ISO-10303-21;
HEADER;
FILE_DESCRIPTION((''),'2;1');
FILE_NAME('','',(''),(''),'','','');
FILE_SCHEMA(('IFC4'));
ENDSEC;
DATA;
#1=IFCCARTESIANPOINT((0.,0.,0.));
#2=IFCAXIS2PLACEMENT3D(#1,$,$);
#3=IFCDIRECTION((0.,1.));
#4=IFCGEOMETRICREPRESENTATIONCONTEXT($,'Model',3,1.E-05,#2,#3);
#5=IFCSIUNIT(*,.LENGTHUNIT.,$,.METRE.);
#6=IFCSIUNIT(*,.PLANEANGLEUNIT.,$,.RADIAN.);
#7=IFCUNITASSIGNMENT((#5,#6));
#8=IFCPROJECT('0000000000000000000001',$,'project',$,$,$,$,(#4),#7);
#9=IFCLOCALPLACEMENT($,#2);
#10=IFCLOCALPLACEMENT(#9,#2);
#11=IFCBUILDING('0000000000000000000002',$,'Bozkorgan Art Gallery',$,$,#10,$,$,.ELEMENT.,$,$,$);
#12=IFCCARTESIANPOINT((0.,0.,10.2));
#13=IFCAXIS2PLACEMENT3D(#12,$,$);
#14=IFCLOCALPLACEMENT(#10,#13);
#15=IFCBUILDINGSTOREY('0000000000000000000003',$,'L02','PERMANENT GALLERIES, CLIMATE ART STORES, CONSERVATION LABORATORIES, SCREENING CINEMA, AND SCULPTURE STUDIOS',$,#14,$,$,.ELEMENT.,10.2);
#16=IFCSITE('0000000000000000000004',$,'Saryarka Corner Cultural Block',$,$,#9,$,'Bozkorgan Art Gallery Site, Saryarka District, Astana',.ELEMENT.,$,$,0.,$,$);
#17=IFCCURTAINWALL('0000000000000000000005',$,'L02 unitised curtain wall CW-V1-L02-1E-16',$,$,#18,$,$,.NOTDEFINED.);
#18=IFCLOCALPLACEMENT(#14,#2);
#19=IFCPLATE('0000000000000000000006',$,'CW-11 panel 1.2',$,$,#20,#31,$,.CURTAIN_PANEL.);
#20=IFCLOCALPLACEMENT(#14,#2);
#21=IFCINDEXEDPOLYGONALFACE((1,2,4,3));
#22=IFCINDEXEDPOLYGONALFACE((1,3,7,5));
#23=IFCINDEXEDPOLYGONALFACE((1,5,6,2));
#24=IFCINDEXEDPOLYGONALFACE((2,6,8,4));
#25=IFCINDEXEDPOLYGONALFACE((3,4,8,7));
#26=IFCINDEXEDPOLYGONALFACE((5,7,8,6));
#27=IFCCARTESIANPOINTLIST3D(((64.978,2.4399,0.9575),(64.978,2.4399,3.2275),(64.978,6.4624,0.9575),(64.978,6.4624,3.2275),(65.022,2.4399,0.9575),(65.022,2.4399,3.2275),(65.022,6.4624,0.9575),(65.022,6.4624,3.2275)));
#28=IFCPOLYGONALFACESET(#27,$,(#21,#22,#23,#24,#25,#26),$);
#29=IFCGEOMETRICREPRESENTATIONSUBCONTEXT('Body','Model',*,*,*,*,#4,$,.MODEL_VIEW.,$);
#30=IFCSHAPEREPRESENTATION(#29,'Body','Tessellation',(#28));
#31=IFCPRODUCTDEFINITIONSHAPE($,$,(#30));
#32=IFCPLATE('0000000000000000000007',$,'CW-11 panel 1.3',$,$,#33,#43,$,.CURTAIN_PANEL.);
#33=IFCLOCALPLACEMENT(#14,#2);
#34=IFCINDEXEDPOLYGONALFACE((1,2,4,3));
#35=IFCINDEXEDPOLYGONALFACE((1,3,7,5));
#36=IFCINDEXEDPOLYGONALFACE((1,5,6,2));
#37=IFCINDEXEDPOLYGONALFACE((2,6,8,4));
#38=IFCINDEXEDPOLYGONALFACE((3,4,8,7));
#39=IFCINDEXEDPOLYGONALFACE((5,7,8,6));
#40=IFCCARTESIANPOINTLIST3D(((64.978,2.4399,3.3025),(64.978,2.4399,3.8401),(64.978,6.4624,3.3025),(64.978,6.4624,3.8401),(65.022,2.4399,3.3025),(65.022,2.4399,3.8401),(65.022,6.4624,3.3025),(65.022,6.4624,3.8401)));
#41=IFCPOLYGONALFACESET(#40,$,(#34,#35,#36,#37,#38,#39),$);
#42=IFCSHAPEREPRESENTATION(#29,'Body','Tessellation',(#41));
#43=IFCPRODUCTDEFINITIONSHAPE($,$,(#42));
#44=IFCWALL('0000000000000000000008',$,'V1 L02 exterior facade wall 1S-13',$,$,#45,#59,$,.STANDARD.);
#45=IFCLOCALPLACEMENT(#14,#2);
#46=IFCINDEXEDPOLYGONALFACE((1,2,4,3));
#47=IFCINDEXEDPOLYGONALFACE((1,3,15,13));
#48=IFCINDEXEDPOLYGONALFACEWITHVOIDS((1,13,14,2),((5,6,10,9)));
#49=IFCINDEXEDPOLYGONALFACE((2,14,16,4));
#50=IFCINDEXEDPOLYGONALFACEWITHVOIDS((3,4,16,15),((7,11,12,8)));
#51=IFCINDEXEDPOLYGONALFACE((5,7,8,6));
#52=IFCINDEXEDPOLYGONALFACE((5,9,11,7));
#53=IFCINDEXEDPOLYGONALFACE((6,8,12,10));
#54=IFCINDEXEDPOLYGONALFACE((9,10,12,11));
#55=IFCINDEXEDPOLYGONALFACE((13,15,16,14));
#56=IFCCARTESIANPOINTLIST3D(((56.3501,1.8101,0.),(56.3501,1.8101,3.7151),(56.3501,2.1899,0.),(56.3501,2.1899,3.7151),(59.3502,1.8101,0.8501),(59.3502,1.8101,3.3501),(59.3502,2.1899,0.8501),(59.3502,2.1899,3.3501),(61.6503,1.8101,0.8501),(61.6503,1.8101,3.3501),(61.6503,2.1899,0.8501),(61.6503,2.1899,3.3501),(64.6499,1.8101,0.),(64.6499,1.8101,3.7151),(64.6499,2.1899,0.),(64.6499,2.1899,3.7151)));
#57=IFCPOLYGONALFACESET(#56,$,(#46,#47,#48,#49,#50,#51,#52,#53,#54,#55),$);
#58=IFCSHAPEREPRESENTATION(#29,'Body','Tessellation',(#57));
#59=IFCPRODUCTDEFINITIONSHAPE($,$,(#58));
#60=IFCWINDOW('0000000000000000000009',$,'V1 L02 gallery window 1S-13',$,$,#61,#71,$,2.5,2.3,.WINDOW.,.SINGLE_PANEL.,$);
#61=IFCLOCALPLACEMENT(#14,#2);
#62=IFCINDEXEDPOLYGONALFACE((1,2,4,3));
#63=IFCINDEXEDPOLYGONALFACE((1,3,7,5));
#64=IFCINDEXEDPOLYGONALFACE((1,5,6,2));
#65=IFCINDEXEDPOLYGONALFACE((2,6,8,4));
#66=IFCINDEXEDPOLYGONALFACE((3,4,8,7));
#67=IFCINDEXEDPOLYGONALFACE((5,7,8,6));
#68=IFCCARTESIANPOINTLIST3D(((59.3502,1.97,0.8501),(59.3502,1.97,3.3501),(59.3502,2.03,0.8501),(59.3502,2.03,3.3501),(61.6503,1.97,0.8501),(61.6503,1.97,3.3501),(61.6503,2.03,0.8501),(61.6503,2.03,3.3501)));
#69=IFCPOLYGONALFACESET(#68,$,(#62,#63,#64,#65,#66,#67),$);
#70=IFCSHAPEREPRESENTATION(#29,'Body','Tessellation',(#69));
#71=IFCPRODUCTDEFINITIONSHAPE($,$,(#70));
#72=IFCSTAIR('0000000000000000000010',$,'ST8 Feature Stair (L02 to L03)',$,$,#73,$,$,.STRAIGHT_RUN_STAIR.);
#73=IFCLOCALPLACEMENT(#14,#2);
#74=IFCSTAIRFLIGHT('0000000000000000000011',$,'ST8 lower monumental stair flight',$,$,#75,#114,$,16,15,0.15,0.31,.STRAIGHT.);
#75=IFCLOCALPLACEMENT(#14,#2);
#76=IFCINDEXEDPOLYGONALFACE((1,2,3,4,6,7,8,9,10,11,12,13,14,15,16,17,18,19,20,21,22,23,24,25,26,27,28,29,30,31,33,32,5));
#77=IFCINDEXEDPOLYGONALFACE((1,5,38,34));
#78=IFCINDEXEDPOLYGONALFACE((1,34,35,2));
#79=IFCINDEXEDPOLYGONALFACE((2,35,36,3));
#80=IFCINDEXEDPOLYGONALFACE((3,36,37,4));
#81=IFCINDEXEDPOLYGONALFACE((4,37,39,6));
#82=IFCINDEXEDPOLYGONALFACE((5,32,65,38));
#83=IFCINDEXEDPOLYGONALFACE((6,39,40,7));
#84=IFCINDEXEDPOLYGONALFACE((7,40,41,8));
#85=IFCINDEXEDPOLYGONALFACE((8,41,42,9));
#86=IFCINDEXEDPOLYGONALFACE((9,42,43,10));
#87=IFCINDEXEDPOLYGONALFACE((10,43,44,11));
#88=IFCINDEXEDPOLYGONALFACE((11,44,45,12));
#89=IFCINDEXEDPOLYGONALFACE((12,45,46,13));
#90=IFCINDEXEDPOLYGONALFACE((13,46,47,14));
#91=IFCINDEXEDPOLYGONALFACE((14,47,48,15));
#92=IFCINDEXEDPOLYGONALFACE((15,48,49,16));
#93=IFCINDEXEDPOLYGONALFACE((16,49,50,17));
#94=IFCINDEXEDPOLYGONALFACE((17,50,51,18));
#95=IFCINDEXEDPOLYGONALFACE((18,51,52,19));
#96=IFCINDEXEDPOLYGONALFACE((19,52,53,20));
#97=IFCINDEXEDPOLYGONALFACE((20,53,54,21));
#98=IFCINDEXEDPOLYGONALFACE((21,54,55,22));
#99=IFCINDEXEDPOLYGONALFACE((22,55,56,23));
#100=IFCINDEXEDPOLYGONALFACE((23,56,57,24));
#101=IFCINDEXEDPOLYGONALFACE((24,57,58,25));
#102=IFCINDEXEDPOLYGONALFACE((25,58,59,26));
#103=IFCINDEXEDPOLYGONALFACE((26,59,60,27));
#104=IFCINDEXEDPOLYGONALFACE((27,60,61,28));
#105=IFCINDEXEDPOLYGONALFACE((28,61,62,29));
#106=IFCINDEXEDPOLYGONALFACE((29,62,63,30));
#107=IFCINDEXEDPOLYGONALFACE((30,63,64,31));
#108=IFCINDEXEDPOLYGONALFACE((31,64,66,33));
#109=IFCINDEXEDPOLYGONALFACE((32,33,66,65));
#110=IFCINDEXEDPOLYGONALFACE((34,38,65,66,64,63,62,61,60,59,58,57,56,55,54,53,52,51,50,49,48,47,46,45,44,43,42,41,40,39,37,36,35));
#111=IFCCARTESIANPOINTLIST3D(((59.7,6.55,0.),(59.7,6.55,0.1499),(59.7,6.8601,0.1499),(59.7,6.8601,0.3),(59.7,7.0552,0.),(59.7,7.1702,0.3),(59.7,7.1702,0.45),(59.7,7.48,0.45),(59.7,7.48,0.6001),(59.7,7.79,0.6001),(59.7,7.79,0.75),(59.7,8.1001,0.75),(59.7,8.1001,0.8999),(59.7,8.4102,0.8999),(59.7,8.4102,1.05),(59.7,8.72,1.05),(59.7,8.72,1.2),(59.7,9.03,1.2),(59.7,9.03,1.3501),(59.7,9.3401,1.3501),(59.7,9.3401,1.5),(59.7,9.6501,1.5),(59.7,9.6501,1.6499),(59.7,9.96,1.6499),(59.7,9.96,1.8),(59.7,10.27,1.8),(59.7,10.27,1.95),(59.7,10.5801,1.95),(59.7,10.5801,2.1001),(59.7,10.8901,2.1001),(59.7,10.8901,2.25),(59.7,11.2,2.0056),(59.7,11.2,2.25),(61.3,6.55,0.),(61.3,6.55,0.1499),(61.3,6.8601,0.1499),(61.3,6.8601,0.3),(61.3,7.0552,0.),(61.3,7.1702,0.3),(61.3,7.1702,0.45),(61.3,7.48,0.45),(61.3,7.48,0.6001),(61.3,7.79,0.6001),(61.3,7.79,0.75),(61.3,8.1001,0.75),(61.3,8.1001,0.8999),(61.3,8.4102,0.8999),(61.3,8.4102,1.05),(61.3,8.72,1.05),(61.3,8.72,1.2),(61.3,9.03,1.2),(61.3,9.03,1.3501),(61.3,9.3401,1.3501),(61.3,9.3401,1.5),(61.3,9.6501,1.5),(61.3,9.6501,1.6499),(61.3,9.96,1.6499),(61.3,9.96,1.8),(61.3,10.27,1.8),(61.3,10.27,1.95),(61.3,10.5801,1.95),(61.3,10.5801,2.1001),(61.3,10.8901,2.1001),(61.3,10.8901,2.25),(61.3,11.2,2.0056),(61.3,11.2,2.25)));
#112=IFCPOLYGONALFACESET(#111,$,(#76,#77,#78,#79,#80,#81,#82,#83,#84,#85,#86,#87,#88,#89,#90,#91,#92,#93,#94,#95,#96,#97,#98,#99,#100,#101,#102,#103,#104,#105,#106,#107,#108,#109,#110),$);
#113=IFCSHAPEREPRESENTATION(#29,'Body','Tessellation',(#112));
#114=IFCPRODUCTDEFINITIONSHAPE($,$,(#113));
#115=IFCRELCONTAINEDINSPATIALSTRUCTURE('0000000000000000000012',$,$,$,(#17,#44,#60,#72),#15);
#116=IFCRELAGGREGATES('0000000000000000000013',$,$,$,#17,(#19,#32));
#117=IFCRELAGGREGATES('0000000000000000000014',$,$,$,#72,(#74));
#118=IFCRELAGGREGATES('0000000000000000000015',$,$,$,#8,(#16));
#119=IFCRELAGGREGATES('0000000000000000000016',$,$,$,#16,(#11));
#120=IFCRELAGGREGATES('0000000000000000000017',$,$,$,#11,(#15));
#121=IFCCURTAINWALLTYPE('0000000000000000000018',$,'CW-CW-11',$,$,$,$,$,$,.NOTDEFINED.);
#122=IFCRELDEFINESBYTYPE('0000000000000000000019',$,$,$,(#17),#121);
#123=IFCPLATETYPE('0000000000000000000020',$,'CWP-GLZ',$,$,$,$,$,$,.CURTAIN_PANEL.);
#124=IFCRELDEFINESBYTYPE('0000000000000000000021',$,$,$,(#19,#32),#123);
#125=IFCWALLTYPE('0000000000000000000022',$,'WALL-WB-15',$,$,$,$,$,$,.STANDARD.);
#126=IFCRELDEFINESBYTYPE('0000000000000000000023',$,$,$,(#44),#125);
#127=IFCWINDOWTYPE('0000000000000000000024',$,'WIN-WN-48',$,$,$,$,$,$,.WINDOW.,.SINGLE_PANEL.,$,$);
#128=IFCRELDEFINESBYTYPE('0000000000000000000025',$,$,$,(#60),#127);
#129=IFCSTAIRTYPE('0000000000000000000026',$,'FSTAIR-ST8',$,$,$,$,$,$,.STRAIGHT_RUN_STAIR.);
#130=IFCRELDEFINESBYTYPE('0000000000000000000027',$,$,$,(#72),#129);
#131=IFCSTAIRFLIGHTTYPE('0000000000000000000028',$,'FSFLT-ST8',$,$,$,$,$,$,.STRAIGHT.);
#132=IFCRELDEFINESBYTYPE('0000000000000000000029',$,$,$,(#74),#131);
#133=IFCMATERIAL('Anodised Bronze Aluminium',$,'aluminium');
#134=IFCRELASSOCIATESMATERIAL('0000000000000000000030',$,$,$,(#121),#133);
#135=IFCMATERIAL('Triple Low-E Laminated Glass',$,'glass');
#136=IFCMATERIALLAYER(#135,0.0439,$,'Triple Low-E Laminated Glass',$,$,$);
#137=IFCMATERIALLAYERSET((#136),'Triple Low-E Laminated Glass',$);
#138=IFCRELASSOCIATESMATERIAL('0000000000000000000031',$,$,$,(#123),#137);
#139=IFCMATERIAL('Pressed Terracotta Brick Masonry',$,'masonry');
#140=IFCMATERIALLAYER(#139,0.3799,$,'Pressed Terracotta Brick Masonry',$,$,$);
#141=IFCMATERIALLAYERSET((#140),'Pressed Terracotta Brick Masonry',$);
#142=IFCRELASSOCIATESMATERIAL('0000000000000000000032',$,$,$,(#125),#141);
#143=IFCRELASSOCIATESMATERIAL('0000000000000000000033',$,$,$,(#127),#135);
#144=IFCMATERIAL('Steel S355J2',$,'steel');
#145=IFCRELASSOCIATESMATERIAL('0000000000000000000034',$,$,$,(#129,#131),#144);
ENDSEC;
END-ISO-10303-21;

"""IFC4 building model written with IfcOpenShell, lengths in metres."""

from ifc_helpers import new_model, si_unit, direction, frame, frame_2d, origin, origin_2d, place, context, subcontext, project, spatial, polyline, rectangle, outline, extrude, material, layer, layer_set, type_object, element, fill, aggregate, save


model = new_model("IFC4")

# Units and contexts
model_context = context("Model", 3, precision=1e-05, world=origin(), true_north=direction((0.0, 1.0)))
body_context = subcontext(model_context, "Body", "Model", "MODEL_VIEW")
ifc_project = project(units=[si_unit("LENGTHUNIT", "METRE"), si_unit("PLANEANGLEUNIT", "RADIAN")], contexts=[model_context])

# Site, building, storey
site_placement = place(None, origin())
site = spatial("IfcSite", under=ifc_project, at=site_placement, Name="Saryarka Corner Cultural Block", LongName="Bozkorgan Art Gallery Site, Saryarka District, Astana", CompositionType="ELEMENT", RefElevation=0.0)
building_placement = place(site_placement, origin())
building = spatial("IfcBuilding", under=site, at=building_placement, Name="Bozkorgan Art Gallery", CompositionType="ELEMENT")
storey_placement = place(building_placement, frame((0.0, 0.0, 10.2)))
storey = spatial("IfcBuildingStorey", under=building, at=storey_placement, Name="L02", Description="PERMANENT GALLERIES, CLIMATE ART STORES, CONSERVATION LABORATORIES, SCREENING CINEMA, AND SCULPTURE STUDIOS", CompositionType="ELEMENT", Elevation=10.2)

# Curtain wall, plates
ifc_material_1 = material(Name="Anodised Bronze Aluminium", Category="aluminium")
curtain_wall_type = type_object("IfcCurtainWallType", Name="CW-CW-11", PredefinedType="NOTDEFINED", material=ifc_material_1)
curtain_wall_placement = place(storey_placement, origin())
curtain_wall = element("IfcCurtainWall", 1, at=curtain_wall_placement, inside=storey, type_object=curtain_wall_type, Name="L02 unitised curtain wall CW-V1-L02-1E-16", PredefinedType="NOTDEFINED")
ifc_material_2 = material(Name="Triple Low-E Laminated Glass", Category="glass")
ifc_layer_1 = layer(ifc_material_2, 0.0439, Name="Triple Low-E Laminated Glass")
ifc_layer_set_1 = layer_set([ifc_layer_1], Name="Triple Low-E Laminated Glass")
plate_type = type_object("IfcPlateType", Name="CWP-GLZ", PredefinedType="CURTAIN_PANEL", material=ifc_layer_set_1)
plate_1_placement = place(storey_placement, frame((65.0, 4.4512, 0.9575), z_axis=(0.0, 0.0, 1.0), x_axis=(0.0, 1.0, 0.0)))
plate_1 = element("IfcPlate", 2, at=plate_1_placement, type_object=plate_type, Name="CW-11 panel 1.2", PredefinedType="CURTAIN_PANEL", context=body_context, shape_type="SweptSolid", body=[
    extrude(rectangle(XDim=4.0225, YDim=0.0439, at=origin_2d()), origin(), (0.0, 0.0, 1.0), 2.27),
])
plate_2_placement = place(storey_placement, frame((65.0, 4.4512, 3.3025), z_axis=(0.0, 0.0, 1.0), x_axis=(0.0, 1.0, 0.0)))
plate_2 = element("IfcPlate", 3, at=plate_2_placement, type_object=plate_type, Name="CW-11 panel 1.3", PredefinedType="CURTAIN_PANEL", context=body_context, shape_type="SweptSolid", body=[
    extrude(rectangle(XDim=4.0225, YDim=0.0439, at=origin_2d()), origin(), (0.0, 0.0, 1.0), 0.5376),
])
aggregate(curtain_wall, [plate_1, plate_2])

# Wall, opening, window
ifc_material_3 = material(Name="Pressed Terracotta Brick Masonry", Category="masonry")
ifc_layer_2 = layer(ifc_material_3, 0.3799, Name="Pressed Terracotta Brick Masonry")
ifc_layer_set_2 = layer_set([ifc_layer_2], Name="Pressed Terracotta Brick Masonry")
wall_type = type_object("IfcWallType", Name="WALL-WB-15", PredefinedType="STANDARD", material=ifc_layer_set_2)
wall_placement = place(storey_placement, frame((56.3501, 2.0, 0.0), z_axis=(0.0, 0.0, 1.0), x_axis=(1.0, 0.0, 0.0)))
wall = element("IfcWall", 4, at=wall_placement, inside=storey, type_object=wall_type, Name="V1 L02 exterior facade wall 1S-13", PredefinedType="STANDARD", context=body_context, shape_type="SweptSolid", body=[
    extrude(rectangle(XDim=8.2998, YDim=0.3799, at=frame_2d((4.1499, 0.0))), origin(), (0.0, 0.0, 1.0), 3.7151),
])
opening_placement = place(wall_placement, frame((5.3, 0.0, 0.8501), z_axis=(0.0, 0.0, 1.0), x_axis=(-1.0, 0.0, 0.0)))
opening = element("IfcOpeningElement", 5, at=opening_placement, cuts=wall, PredefinedType="OPENING", context=body_context, shape_type="SweptSolid", body=[
    extrude(rectangle(XDim=2.3, YDim=2.5, at=frame_2d((1.1499, 1.25))), frame((0.0, 0.2, 0.0), z_axis=(0.0, -1.0, 0.0), x_axis=(1.0, 0.0, 0.0)), (0.0, 0.0, 1.0), 0.3999),
])
window_type = type_object("IfcWindowType", Name="WIN-WN-48", PartitioningType="SINGLE_PANEL", PredefinedType="WINDOW", material=ifc_material_2)
window_placement = place(opening_placement, origin())
window = element("IfcWindow", 6, at=window_placement, inside=storey, type_object=window_type, Name="V1 L02 gallery window 1S-13", OverallHeight=2.5, OverallWidth=2.3, PartitioningType="SINGLE_PANEL", PredefinedType="WINDOW", context=body_context, shape_type="SweptSolid", body=[
    extrude(rectangle(XDim=2.3, YDim=2.5, at=frame_2d((1.1499, 1.25))), frame((0.0, 0.03, 0.0), z_axis=(0.0, -1.0, 0.0), x_axis=(1.0, 0.0, 0.0)), (0.0, 0.0, 1.0), 0.0601),
])
fill(opening, window)

# Stair, stair flight
ifc_material_4 = material(Name="Steel S355J2", Category="steel")
stair_type = type_object("IfcStairType", Name="FSTAIR-ST8", PredefinedType="STRAIGHT_RUN_STAIR", material=ifc_material_4)
stair_placement = place(storey_placement, origin())
stair = element("IfcStair", 7, at=stair_placement, inside=storey, type_object=stair_type, Name="ST8 Feature Stair (L02 to L03)", PredefinedType="STRAIGHT_RUN_STAIR")
stair_flight_type = type_object("IfcStairFlightType", Name="FSFLT-ST8", PredefinedType="STRAIGHT", material=ifc_material_4)
stair_flight_placement = place(storey_placement, frame((60.5, 6.55, 0.0), z_axis=(0.0, 0.0, 1.0), x_axis=(0.0, 1.0, 0.0)))
stair_flight = element("IfcStairFlight", 8, at=stair_flight_placement, type_object=stair_flight_type, Name="ST8 lower monumental stair flight", NumberOfRisers=16, NumberOfTreads=15, PredefinedType="STRAIGHT", RiserHeight=0.15, TreadLength=0.31, context=body_context, shape_type="SweptSolid", body=[
    extrude(outline(polyline([(0.0, 0.0), (0.0, 0.1499), (0.3101, 0.1499), (0.3101, 0.3), (0.6201, 0.3), (0.6201, 0.45), (0.9299, 0.45), (0.9299, 0.6001), (1.24, 0.6001), (1.24, 0.75), (1.55, 0.75), (1.55, 0.8999), (1.8601, 0.8999), (1.8601, 1.05), (2.1699, 1.05), (2.1699, 1.2), (2.48, 1.2), (2.48, 1.3501), (2.79, 1.3501), (2.79, 1.5), (3.1001, 1.5), (3.1001, 1.6499), (3.4099, 1.6499), (3.4099, 1.8), (3.72, 1.8), (3.72, 1.95), (4.03, 1.95), (4.03, 2.1001), (4.3401, 2.1001), (4.3401, 2.25), (4.6499, 2.25), (4.6499, 2.3999), (4.6499, 2.0056), (0.5051, 0.0), (0.0, 0.0)])), frame((0.0, 0.8, 0.0), z_axis=(0.0, -1.0, 0.0), x_axis=(1.0, 0.0, 0.0)), (0.0, 0.0, 1.0), 1.6001),
])
aggregate(stair, [stair_flight])

save(model, "model.ifc")
